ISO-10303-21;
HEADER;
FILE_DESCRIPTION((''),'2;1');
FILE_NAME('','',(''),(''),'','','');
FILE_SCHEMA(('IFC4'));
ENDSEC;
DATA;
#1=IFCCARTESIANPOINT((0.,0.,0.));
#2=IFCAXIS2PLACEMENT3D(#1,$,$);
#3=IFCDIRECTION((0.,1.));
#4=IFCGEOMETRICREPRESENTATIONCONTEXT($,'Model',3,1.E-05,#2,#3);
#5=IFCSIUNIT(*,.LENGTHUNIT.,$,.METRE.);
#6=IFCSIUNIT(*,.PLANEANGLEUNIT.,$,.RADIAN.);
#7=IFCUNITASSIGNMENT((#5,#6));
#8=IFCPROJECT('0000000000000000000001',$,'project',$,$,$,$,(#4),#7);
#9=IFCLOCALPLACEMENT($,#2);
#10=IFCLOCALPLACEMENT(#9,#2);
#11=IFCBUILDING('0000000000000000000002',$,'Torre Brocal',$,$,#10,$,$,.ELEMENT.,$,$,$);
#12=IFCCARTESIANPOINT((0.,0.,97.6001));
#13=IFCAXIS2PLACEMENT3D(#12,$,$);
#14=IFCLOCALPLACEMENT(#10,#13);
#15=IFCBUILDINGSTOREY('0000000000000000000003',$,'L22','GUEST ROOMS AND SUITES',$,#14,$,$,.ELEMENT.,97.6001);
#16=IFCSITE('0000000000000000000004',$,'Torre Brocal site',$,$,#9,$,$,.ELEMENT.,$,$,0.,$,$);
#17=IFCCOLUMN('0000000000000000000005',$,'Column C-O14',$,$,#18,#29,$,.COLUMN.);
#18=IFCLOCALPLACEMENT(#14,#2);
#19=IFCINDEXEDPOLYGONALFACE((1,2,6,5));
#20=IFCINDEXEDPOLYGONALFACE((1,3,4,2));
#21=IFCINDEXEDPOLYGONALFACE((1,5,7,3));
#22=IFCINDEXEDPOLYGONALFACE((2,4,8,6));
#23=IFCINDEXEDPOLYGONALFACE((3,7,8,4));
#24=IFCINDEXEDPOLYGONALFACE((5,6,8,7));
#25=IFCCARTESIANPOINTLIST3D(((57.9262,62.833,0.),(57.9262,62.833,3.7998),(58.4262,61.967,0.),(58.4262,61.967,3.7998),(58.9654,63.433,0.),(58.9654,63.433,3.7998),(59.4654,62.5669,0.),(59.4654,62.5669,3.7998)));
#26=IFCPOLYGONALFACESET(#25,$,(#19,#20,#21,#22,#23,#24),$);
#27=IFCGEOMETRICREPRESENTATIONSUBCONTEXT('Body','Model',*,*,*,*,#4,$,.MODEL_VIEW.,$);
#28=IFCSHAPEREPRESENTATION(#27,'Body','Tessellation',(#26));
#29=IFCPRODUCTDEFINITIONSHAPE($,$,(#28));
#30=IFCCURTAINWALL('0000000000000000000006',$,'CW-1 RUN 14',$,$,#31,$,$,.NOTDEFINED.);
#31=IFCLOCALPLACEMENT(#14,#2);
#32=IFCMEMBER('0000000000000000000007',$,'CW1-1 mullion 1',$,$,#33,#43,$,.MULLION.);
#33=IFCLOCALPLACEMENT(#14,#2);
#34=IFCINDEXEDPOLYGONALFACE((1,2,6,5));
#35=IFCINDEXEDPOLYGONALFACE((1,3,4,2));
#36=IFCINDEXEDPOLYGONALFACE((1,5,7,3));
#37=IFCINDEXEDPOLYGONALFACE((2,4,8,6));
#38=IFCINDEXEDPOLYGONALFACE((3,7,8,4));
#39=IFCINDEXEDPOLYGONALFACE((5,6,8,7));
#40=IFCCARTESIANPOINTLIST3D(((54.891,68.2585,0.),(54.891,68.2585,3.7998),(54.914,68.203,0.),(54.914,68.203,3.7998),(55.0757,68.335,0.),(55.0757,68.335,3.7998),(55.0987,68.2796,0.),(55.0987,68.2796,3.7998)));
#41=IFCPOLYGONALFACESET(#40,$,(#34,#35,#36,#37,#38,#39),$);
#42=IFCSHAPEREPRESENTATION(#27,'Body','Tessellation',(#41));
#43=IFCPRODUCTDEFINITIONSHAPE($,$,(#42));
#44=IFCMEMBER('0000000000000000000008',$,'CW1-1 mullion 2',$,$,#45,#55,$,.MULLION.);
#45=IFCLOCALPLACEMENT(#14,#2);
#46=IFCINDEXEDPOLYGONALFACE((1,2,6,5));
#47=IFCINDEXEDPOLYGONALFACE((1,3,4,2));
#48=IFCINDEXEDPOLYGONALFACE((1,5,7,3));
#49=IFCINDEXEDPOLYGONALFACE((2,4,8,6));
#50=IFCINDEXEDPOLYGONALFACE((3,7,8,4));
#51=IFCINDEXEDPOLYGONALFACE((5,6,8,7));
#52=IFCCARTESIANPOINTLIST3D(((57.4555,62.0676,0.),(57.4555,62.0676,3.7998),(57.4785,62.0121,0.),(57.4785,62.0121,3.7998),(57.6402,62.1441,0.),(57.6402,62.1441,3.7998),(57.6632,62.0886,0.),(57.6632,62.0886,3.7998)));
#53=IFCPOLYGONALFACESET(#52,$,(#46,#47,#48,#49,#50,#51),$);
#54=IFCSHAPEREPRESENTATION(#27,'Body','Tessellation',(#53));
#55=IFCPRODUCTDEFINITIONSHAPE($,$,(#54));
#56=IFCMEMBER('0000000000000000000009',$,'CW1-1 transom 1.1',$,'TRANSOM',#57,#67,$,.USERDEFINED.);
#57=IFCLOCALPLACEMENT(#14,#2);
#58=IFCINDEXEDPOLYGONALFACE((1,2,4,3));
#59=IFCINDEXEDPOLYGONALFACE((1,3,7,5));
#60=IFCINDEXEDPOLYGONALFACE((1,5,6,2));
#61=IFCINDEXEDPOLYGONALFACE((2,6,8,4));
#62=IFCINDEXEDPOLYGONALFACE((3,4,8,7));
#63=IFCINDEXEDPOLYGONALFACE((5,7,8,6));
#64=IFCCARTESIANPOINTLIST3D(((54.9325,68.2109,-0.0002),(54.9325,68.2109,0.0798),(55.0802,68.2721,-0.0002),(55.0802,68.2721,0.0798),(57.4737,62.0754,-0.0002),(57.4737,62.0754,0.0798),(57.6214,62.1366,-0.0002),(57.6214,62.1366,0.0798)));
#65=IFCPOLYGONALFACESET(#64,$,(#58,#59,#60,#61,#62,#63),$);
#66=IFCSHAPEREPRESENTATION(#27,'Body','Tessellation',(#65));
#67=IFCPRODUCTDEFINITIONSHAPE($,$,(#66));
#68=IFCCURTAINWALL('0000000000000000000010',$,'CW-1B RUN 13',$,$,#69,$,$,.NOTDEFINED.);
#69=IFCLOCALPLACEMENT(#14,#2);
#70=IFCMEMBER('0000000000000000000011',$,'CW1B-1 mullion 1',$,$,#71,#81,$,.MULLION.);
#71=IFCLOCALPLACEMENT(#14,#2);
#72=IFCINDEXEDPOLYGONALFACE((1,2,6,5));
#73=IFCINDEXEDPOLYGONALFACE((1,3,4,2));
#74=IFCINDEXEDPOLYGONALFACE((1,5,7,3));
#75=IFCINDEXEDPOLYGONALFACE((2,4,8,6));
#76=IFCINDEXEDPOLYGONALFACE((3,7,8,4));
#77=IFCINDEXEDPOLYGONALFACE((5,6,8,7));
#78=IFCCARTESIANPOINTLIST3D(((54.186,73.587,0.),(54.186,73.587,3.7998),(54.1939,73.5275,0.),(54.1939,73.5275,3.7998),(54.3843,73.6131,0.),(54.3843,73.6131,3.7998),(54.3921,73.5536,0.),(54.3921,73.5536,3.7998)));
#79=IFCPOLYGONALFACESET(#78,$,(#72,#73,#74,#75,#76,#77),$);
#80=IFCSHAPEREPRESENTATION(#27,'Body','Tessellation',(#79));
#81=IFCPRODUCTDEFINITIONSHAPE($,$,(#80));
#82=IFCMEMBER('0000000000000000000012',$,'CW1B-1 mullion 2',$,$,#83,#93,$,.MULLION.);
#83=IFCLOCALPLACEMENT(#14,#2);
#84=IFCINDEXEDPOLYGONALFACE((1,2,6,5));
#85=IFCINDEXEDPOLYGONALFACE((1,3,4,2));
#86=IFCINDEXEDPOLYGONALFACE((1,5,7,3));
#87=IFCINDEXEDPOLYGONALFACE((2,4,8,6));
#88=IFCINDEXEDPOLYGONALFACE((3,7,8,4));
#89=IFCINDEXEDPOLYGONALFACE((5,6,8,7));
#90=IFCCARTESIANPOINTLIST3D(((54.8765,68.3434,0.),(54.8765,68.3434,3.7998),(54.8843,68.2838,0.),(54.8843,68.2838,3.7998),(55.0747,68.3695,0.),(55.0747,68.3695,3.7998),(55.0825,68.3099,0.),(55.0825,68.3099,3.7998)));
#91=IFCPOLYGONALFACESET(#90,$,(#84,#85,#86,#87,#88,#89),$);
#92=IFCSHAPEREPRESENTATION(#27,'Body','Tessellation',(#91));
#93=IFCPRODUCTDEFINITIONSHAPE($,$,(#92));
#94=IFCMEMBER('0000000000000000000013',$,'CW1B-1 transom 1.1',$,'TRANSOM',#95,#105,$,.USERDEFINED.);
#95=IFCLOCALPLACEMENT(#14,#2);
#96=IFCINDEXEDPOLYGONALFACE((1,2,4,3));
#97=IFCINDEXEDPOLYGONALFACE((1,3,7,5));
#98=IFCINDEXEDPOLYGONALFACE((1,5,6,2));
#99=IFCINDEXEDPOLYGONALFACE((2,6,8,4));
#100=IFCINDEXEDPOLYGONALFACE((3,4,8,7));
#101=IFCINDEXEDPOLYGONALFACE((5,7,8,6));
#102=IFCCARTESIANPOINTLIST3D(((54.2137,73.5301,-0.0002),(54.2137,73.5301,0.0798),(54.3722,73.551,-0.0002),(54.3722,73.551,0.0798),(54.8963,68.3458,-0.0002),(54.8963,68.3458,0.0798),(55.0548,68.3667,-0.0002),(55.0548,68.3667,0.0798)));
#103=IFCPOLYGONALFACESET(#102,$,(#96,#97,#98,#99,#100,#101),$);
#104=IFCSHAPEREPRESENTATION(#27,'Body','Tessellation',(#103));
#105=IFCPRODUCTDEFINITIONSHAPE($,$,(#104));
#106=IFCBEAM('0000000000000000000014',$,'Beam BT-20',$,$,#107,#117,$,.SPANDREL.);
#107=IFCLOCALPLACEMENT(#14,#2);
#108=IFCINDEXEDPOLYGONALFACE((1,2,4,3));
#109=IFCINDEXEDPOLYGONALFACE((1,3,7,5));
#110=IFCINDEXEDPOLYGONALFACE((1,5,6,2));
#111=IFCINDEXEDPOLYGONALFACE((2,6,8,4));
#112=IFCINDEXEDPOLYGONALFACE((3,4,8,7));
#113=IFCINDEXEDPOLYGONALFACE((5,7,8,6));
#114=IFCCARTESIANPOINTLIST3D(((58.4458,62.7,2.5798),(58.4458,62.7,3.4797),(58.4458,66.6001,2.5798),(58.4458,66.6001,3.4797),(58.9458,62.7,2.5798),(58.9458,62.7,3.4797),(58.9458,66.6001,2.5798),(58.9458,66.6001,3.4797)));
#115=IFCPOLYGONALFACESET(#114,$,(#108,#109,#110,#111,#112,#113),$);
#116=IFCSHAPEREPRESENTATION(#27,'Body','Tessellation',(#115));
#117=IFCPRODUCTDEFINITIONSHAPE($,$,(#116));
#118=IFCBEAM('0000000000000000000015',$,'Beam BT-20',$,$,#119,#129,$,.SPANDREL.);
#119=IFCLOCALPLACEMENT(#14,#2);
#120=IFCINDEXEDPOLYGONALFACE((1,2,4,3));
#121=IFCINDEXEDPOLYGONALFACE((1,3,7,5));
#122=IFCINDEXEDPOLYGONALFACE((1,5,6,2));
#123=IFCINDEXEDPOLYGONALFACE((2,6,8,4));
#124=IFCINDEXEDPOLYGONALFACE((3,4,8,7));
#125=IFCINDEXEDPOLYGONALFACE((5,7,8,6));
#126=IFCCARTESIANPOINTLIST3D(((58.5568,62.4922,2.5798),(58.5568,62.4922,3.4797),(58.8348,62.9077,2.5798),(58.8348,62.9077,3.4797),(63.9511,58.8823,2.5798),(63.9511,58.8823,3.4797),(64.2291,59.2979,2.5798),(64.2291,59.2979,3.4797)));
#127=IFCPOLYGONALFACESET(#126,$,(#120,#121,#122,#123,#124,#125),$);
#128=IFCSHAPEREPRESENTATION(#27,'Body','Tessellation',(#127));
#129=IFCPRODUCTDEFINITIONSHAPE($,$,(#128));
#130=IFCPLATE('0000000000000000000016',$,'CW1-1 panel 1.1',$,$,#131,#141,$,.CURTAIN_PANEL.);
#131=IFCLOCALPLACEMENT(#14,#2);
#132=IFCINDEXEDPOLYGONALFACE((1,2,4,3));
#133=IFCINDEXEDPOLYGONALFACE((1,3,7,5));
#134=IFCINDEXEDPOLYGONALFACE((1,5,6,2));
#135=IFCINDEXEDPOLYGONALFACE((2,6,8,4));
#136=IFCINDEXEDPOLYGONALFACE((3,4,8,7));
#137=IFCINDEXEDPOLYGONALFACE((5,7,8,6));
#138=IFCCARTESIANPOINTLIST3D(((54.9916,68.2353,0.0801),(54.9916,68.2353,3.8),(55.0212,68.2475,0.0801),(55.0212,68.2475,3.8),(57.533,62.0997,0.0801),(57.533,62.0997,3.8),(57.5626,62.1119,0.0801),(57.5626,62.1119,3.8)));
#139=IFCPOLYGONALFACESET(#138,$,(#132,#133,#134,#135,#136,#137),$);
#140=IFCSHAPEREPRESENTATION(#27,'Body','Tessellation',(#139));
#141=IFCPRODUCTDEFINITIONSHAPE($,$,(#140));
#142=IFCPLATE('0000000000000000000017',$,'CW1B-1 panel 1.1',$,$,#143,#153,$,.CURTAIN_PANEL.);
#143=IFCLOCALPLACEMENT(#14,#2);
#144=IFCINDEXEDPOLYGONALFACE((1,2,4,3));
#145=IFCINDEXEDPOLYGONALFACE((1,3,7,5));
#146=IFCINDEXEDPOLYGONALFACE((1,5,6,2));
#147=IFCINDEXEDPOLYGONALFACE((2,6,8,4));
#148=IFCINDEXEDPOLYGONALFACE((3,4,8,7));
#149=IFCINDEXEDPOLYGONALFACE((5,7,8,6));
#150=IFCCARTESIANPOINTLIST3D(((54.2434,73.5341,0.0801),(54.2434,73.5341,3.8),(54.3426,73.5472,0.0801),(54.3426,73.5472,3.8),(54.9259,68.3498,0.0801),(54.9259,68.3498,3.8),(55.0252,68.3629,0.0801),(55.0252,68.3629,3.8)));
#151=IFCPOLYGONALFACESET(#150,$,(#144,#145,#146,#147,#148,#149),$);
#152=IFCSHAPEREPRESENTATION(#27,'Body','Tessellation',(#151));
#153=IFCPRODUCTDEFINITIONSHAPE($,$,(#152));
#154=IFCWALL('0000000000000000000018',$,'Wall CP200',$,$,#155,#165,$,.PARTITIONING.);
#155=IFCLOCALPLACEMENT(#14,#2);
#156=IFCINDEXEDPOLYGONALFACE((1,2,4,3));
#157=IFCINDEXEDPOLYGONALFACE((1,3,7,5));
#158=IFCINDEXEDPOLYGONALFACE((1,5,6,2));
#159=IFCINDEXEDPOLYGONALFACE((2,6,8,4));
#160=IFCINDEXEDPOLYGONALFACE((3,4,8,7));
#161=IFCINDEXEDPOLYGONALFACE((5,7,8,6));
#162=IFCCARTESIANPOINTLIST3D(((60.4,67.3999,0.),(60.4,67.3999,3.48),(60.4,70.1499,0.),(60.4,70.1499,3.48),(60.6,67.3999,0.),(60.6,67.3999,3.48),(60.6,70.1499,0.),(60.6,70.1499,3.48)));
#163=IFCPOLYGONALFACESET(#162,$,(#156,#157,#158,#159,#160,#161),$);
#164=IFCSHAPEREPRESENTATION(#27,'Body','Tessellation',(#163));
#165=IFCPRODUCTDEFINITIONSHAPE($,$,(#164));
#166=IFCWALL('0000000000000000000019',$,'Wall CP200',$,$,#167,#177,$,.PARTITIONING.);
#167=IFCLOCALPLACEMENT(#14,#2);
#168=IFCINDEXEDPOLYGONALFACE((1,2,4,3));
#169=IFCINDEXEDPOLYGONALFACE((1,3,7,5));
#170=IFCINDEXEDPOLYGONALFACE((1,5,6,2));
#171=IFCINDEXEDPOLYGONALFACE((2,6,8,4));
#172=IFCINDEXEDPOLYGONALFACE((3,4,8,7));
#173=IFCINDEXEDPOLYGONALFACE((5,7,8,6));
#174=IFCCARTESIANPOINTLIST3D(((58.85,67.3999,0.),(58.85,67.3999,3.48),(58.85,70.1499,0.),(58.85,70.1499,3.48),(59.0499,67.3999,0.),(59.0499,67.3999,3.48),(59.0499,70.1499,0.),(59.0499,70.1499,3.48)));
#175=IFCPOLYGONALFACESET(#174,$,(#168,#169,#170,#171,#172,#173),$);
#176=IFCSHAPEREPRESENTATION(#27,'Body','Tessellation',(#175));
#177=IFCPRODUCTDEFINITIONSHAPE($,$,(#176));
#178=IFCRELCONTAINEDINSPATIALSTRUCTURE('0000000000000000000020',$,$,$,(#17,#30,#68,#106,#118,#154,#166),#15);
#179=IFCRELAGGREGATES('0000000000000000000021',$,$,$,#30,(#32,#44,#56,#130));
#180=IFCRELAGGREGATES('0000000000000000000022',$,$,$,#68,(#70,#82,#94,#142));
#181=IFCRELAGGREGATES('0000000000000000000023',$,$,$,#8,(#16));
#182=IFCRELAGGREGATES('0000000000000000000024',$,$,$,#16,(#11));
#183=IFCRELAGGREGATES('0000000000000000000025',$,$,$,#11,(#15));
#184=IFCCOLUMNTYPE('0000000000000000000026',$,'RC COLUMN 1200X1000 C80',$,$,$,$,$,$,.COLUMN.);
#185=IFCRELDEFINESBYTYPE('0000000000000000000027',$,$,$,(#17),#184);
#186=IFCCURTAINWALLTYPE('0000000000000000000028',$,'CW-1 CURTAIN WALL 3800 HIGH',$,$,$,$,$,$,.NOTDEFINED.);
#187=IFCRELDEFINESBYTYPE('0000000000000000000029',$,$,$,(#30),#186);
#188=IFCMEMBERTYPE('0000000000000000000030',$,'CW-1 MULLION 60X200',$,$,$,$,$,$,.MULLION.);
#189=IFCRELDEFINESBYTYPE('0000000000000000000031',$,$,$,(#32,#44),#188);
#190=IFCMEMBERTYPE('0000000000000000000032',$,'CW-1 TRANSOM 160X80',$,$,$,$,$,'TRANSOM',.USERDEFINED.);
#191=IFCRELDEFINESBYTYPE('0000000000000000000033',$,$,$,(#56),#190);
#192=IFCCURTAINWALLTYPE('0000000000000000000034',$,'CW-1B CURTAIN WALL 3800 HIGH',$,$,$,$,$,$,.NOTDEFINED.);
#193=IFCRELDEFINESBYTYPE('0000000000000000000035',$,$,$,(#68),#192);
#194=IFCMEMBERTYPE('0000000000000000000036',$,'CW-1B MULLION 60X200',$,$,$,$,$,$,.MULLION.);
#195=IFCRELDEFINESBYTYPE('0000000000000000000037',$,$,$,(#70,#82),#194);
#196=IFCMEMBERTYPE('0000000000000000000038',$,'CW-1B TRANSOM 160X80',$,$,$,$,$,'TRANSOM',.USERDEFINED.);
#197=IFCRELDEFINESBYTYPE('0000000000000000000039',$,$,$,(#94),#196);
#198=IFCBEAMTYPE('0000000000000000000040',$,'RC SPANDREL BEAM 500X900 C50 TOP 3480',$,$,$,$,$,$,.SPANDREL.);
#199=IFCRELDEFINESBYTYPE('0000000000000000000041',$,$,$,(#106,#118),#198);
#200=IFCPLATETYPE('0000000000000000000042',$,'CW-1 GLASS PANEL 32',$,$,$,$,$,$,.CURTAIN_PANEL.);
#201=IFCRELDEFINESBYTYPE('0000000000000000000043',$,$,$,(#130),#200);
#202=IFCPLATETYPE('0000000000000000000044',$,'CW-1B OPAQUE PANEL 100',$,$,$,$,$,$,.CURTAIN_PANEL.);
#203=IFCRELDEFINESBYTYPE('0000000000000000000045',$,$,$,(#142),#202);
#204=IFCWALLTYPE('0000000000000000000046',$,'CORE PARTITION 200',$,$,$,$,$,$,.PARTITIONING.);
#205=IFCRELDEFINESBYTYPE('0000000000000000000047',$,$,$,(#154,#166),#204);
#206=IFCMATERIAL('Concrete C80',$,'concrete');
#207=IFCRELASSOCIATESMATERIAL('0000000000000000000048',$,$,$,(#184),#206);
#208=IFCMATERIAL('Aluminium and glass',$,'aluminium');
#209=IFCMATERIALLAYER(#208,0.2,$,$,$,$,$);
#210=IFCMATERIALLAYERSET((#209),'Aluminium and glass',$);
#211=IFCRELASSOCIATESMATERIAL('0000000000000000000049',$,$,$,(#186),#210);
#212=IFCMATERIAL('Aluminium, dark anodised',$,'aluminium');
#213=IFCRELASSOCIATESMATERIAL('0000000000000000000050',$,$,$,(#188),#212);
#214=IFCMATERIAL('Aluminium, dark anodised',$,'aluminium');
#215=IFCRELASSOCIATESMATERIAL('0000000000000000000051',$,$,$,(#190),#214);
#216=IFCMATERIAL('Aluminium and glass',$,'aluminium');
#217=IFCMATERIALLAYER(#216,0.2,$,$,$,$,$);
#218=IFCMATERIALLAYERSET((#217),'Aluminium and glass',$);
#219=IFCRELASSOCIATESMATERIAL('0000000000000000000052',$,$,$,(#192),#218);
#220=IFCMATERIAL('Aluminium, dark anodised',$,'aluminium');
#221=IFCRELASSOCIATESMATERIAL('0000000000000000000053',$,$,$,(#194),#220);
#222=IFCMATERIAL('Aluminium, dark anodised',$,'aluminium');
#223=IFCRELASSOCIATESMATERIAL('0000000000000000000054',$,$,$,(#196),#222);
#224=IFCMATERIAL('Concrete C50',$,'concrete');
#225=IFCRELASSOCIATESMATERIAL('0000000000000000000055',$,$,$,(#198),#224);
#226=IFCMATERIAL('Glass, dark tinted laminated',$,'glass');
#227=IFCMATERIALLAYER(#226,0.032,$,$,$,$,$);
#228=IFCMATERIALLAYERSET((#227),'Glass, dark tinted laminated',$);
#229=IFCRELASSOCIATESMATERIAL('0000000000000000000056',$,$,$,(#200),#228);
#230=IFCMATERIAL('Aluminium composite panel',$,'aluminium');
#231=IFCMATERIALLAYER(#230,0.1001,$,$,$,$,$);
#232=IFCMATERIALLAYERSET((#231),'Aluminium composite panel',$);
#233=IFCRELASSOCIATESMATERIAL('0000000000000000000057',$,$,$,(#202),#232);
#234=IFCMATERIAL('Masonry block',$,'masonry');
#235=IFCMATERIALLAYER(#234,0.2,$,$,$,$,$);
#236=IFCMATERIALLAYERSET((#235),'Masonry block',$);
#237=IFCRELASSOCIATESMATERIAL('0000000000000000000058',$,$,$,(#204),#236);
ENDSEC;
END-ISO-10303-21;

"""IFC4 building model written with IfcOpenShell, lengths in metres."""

from ifc_helpers import new_model, si_unit, direction, frame, frame_2d, origin, origin_2d, place, context, subcontext, project, spatial, rectangle, extrude, material, layer, layer_set, material_profile, profile_set, type_object, element, aggregate, save


model = new_model("IFC4")

# Units and contexts
model_context = context("Model", 3, precision=1e-05, world=origin(), true_north=direction((0.0, 1.0)))
body_context = subcontext(model_context, "Body", "Model", "MODEL_VIEW")
ifc_project = project(units=[si_unit("LENGTHUNIT", "METRE"), si_unit("PLANEANGLEUNIT", "RADIAN")], contexts=[model_context])

# Site, building, storey
site_placement = place(None, origin())
site = spatial("IfcSite", under=ifc_project, at=site_placement, Name="Torre Brocal site", CompositionType="ELEMENT", RefElevation=0.0)
building_placement = place(site_placement, origin())
building = spatial("IfcBuilding", under=site, at=building_placement, Name="Torre Brocal", CompositionType="ELEMENT")
storey_placement = place(building_placement, frame((0.0, 0.0, 97.6001)))
storey = spatial("IfcBuildingStorey", under=building, at=storey_placement, Name="L22", Description="GUEST ROOMS AND SUITES", CompositionType="ELEMENT", Elevation=97.6001)

# Column
ifc_material_1 = material(Name="Concrete C80", Category="concrete")
ifc_material_profile_1 = material_profile(ifc_material_1, rectangle(XDim=1.2, YDim=1.0, at=origin_2d()), Name="RC 1200X1000")
ifc_profile_set_1 = profile_set([ifc_material_profile_1], Name="Concrete C80")
column_type = type_object("IfcColumnType", Name="RC COLUMN 1200X1000 C80", PredefinedType="COLUMN", material=ifc_profile_set_1)
column_placement = place(storey_placement, frame((58.6958, 62.7, 0.0), z_axis=(0.0, 0.0, 1.0), x_axis=(-0.866025, -0.5, 0.0)))
element("IfcColumn", 1, at=column_placement, inside=storey, type_object=column_type, Name="Column C-O14", PredefinedType="COLUMN", context=body_context, shape_type="SweptSolid", body=[
    extrude(rectangle(XDim=1.2, YDim=1.0, at=origin_2d()), origin(), (0.0, 0.0, 1.0), 3.7998),
])

# Curtain walls, members
ifc_material_2 = material(Name="Aluminium and glass", Category="aluminium")
ifc_layer_1 = layer(ifc_material_2, 0.2)
ifc_layer_set_1 = layer_set([ifc_layer_1], Name="Aluminium and glass")
curtain_wall_type_1 = type_object("IfcCurtainWallType", Name="CW-1 CURTAIN WALL 3800 HIGH", PredefinedType="NOTDEFINED", material=ifc_layer_set_1)
curtain_wall_1_placement = place(storey_placement, origin())
curtain_wall_1 = element("IfcCurtainWall", 2, at=curtain_wall_1_placement, inside=storey, type_object=curtain_wall_type_1, Name="CW-1 RUN 14", PredefinedType="NOTDEFINED")
ifc_material_3 = material(Name="Aluminium, dark anodised", Category="aluminium")
ifc_material_profile_2 = material_profile(ifc_material_3, rectangle(XDim=0.2, YDim=0.0601, at=origin_2d()), Name="CW-1 MULLION 60X200")
ifc_profile_set_2 = profile_set([ifc_material_profile_2], Name="Aluminium, dark anodised")
member_type_1 = type_object("IfcMemberType", Name="CW-1 MULLION 60X200", PredefinedType="MULLION", material=ifc_profile_set_2)
member_1_placement = place(storey_placement, frame((54.9949, 68.269, 0.0), z_axis=(0.0, 0.0, 1.0), x_axis=(0.92388, 0.382683, 0.0)))
member_1 = element("IfcMember", 3, at=member_1_placement, type_object=member_type_1, Name="CW1-1 mullion 1", PredefinedType="MULLION", context=body_context, shape_type="SweptSolid", body=[
    extrude(rectangle(XDim=0.2, YDim=0.0601, at=origin_2d()), origin(), (0.0, 0.0, 1.0), 3.7998),
])
member_2_placement = place(storey_placement, frame((57.5593, 62.0781, 0.0), z_axis=(0.0, 0.0, 1.0), x_axis=(0.92388, 0.382683, 0.0)))
member_2 = element("IfcMember", 4, at=member_2_placement, type_object=member_type_1, Name="CW1-1 mullion 2", PredefinedType="MULLION", context=body_context, shape_type="SweptSolid", body=[
    extrude(rectangle(XDim=0.2, YDim=0.0601, at=origin_2d()), origin(), (0.0, 0.0, 1.0), 3.7998),
])
ifc_material_4 = material(Name="Aluminium, dark anodised", Category="aluminium")
ifc_material_profile_3 = material_profile(ifc_material_4, rectangle(XDim=0.1599, YDim=0.0801, at=origin_2d()), Name="CW-1 TRANSOM 160X80")
ifc_profile_set_3 = profile_set([ifc_material_profile_3], Name="Aluminium, dark anodised")
member_type_2 = type_object("IfcMemberType", Name="CW-1 TRANSOM 160X80", ElementType="TRANSOM", PredefinedType="USERDEFINED", material=ifc_profile_set_3)
member_3_placement = place(storey_placement, frame((55.0063, 68.2415, 0.0398), z_axis=(0.382665, -0.923887, 0.0), x_axis=(0.923887, 0.382665, 0.0)))
member_3 = element("IfcMember", 5, at=member_3_placement, type_object=member_type_2, Name="CW1-1 transom 1.1", ObjectType="TRANSOM", PredefinedType="USERDEFINED", context=body_context, shape_type="SweptSolid", body=[
    extrude(rectangle(XDim=0.1599, YDim=0.0801, at=origin_2d()), origin(), (0.0, 0.0, 1.0), 6.6409),
])
ifc_material_5 = material(Name="Aluminium and glass", Category="aluminium")
ifc_layer_2 = layer(ifc_material_5, 0.2)
ifc_layer_set_2 = layer_set([ifc_layer_2], Name="Aluminium and glass")
curtain_wall_type_2 = type_object("IfcCurtainWallType", Name="CW-1B CURTAIN WALL 3800 HIGH", PredefinedType="NOTDEFINED", material=ifc_layer_set_2)
curtain_wall_2_placement = place(storey_placement, origin())
curtain_wall_2 = element("IfcCurtainWall", 6, at=curtain_wall_2_placement, inside=storey, type_object=curtain_wall_type_2, Name="CW-1B RUN 13", PredefinedType="NOTDEFINED")
ifc_material_6 = material(Name="Aluminium, dark anodised", Category="aluminium")
ifc_material_profile_4 = material_profile(ifc_material_6, rectangle(XDim=0.2, YDim=0.0601, at=origin_2d()), Name="CW-1B MULLION 60X200")
ifc_profile_set_4 = profile_set([ifc_material_profile_4], Name="Aluminium, dark anodised")
member_type_3 = type_object("IfcMemberType", Name="CW-1B MULLION 60X200", PredefinedType="MULLION", material=ifc_profile_set_4)
member_4_placement = place(storey_placement, frame((54.2891, 73.5703, 0.0), z_axis=(0.0, 0.0, 1.0), x_axis=(0.991445, 0.130526, 0.0)))
member_4 = element("IfcMember", 7, at=member_4_placement, type_object=member_type_3, Name="CW1B-1 mullion 1", PredefinedType="MULLION", context=body_context, shape_type="SweptSolid", body=[
    extrude(rectangle(XDim=0.2, YDim=0.0601, at=origin_2d()), origin(), (0.0, 0.0, 1.0), 3.7998),
])
member_5_placement = place(storey_placement, frame((54.9795, 68.3267, 0.0), z_axis=(0.0, 0.0, 1.0), x_axis=(0.991445, 0.130526, 0.0)))
member_5 = element("IfcMember", 8, at=member_5_placement, type_object=member_type_3, Name="CW1B-1 mullion 2", PredefinedType="MULLION", context=body_context, shape_type="SweptSolid", body=[
    extrude(rectangle(XDim=0.2, YDim=0.0601, at=origin_2d()), origin(), (0.0, 0.0, 1.0), 3.7998),
])
ifc_material_7 = material(Name="Aluminium, dark anodised", Category="aluminium")
ifc_material_profile_5 = material_profile(ifc_material_7, rectangle(XDim=0.1599, YDim=0.0801, at=origin_2d()), Name="CW-1B TRANSOM 160X80")
ifc_profile_set_5 = profile_set([ifc_material_profile_5], Name="Aluminium, dark anodised")
member_type_4 = type_object("IfcMemberType", Name="CW-1B TRANSOM 160X80", ElementType="TRANSOM", PredefinedType="USERDEFINED", material=ifc_profile_set_5)
member_6_placement = place(storey_placement, frame((54.293, 73.5405, 0.0398), z_axis=(0.130543, -0.991443, 0.0), x_axis=(0.991443, 0.130543, 0.0)))
member_6 = element("IfcMember", 9, at=member_6_placement, type_object=member_type_4, Name="CW1B-1 transom 1.1", ObjectType="TRANSOM", PredefinedType="USERDEFINED", context=body_context, shape_type="SweptSolid", body=[
    extrude(rectangle(XDim=0.1599, YDim=0.0801, at=origin_2d()), origin(), (0.0, 0.0, 1.0), 5.229),
])

# Beams
ifc_material_8 = material(Name="Concrete C50", Category="concrete")
ifc_material_profile_6 = material_profile(ifc_material_8, rectangle(XDim=0.5, YDim=0.8999, at=origin_2d()), Name="RC 500X900")
ifc_profile_set_6 = profile_set([ifc_material_profile_6], Name="Concrete C50")
beam_type = type_object("IfcBeamType", Name="RC SPANDREL BEAM 500X900 C50 TOP 3480", PredefinedType="SPANDREL", material=ifc_profile_set_6)
beam_1_placement = place(storey_placement, frame((58.6958, 62.7, 3.0298), z_axis=(0.0, 1.0, 0.0), x_axis=(-1.0, 0.0, 0.0)))
element("IfcBeam", 10, at=beam_1_placement, inside=storey, type_object=beam_type, Name="Beam BT-20", PredefinedType="SPANDREL", context=body_context, shape_type="SweptSolid", body=[
    extrude(rectangle(XDim=0.5, YDim=0.8999, at=origin_2d()), origin(), (0.0, 0.0, 1.0), 3.9001),
])
beam_2_placement = place(storey_placement, frame((58.6958, 62.7, 3.0298), z_axis=(0.831077, -0.556158, 0.0), x_axis=(0.556158, 0.831077, 0.0)))
element("IfcBeam", 11, at=beam_2_placement, inside=storey, type_object=beam_type, Name="Beam BT-20", PredefinedType="SPANDREL", context=body_context, shape_type="SweptSolid", body=[
    extrude(rectangle(XDim=0.5, YDim=0.8999, at=origin_2d()), origin(), (0.0, 0.0, 1.0), 6.4907),
])

# Plates
ifc_material_9 = material(Name="Glass, dark tinted laminated", Category="glass")
ifc_layer_3 = layer(ifc_material_9, 0.032)
ifc_layer_set_3 = layer_set([ifc_layer_3], Name="Glass, dark tinted laminated")
plate_type_1 = type_object("IfcPlateType", Name="CW-1 GLASS PANEL 32", PredefinedType="CURTAIN_PANEL", material=ifc_layer_set_3)
plate_1_placement = place(storey_placement, frame((56.2771, 65.1736, 0.0801), z_axis=(0.0, 0.0, 1.0), x_axis=(0.382683, -0.92388, 0.0)))
plate_1 = element("IfcPlate", 12, at=plate_1_placement, type_object=plate_type_1, Name="CW1-1 panel 1.1", PredefinedType="CURTAIN_PANEL", context=body_context, shape_type="SweptSolid", body=[
    extrude(rectangle(XDim=6.6411, YDim=0.032, at=origin_2d()), origin(), (0.0, 0.0, 1.0), 3.72),
])
aggregate(curtain_wall_1, [member_1, member_2, member_3, plate_1])
ifc_material_10 = material(Name="Aluminium composite panel", Category="aluminium")
ifc_layer_4 = layer(ifc_material_10, 0.1001)
ifc_layer_set_4 = layer_set([ifc_layer_4], Name="Aluminium composite panel")
plate_type_2 = type_object("IfcPlateType", Name="CW-1B OPAQUE PANEL 100", PredefinedType="CURTAIN_PANEL", material=ifc_layer_set_4)
plate_2_placement = place(storey_placement, frame((54.6343, 70.9485, 0.0801), z_axis=(0.0, 0.0, 1.0), x_axis=(0.130526, -0.991445, 0.0)))
plate_2 = element("IfcPlate", 13, at=plate_2_placement, type_object=plate_type_2, Name="CW1B-1 panel 1.1", PredefinedType="CURTAIN_PANEL", context=body_context, shape_type="SweptSolid", body=[
    extrude(rectangle(XDim=5.229, YDim=0.1001, at=origin_2d()), origin(), (0.0, 0.0, 1.0), 3.72),
])
aggregate(curtain_wall_2, [member_4, member_5, member_6, plate_2])

# Walls
ifc_material_11 = material(Name="Masonry block", Category="masonry")
ifc_layer_5 = layer(ifc_material_11, 0.2)
ifc_layer_set_5 = layer_set([ifc_layer_5], Name="Masonry block")
wall_type_1 = type_object("IfcWallType", Name="CORE PARTITION 200", PredefinedType="PARTITIONING", material=ifc_layer_set_5)
for number, where, z_axis, x_axis, name in (
    (14, (60.5, 70.1499, 0.0), (0.0, 0.0, 1.0), (0.0, -1.0, 0.0), "Wall CP200"),
    (15, (58.95, 70.1499, 0.0), (0.0, 0.0, 1.0), (0.0, -1.0, 0.0), "Wall CP200"),
):
    element("IfcWall", number, at=place(storey_placement, frame(where, z_axis=z_axis, x_axis=x_axis)), inside=storey, type_object=wall_type_1, Name=name, PredefinedType="PARTITIONING", context=body_context, shape_type="SweptSolid", body=[
        extrude(rectangle(XDim=2.75, YDim=0.2, at=frame_2d((1.375, 0.0))), origin(), (0.0, 0.0, 1.0), 3.48),
    ])

save(model, "model.ifc")
